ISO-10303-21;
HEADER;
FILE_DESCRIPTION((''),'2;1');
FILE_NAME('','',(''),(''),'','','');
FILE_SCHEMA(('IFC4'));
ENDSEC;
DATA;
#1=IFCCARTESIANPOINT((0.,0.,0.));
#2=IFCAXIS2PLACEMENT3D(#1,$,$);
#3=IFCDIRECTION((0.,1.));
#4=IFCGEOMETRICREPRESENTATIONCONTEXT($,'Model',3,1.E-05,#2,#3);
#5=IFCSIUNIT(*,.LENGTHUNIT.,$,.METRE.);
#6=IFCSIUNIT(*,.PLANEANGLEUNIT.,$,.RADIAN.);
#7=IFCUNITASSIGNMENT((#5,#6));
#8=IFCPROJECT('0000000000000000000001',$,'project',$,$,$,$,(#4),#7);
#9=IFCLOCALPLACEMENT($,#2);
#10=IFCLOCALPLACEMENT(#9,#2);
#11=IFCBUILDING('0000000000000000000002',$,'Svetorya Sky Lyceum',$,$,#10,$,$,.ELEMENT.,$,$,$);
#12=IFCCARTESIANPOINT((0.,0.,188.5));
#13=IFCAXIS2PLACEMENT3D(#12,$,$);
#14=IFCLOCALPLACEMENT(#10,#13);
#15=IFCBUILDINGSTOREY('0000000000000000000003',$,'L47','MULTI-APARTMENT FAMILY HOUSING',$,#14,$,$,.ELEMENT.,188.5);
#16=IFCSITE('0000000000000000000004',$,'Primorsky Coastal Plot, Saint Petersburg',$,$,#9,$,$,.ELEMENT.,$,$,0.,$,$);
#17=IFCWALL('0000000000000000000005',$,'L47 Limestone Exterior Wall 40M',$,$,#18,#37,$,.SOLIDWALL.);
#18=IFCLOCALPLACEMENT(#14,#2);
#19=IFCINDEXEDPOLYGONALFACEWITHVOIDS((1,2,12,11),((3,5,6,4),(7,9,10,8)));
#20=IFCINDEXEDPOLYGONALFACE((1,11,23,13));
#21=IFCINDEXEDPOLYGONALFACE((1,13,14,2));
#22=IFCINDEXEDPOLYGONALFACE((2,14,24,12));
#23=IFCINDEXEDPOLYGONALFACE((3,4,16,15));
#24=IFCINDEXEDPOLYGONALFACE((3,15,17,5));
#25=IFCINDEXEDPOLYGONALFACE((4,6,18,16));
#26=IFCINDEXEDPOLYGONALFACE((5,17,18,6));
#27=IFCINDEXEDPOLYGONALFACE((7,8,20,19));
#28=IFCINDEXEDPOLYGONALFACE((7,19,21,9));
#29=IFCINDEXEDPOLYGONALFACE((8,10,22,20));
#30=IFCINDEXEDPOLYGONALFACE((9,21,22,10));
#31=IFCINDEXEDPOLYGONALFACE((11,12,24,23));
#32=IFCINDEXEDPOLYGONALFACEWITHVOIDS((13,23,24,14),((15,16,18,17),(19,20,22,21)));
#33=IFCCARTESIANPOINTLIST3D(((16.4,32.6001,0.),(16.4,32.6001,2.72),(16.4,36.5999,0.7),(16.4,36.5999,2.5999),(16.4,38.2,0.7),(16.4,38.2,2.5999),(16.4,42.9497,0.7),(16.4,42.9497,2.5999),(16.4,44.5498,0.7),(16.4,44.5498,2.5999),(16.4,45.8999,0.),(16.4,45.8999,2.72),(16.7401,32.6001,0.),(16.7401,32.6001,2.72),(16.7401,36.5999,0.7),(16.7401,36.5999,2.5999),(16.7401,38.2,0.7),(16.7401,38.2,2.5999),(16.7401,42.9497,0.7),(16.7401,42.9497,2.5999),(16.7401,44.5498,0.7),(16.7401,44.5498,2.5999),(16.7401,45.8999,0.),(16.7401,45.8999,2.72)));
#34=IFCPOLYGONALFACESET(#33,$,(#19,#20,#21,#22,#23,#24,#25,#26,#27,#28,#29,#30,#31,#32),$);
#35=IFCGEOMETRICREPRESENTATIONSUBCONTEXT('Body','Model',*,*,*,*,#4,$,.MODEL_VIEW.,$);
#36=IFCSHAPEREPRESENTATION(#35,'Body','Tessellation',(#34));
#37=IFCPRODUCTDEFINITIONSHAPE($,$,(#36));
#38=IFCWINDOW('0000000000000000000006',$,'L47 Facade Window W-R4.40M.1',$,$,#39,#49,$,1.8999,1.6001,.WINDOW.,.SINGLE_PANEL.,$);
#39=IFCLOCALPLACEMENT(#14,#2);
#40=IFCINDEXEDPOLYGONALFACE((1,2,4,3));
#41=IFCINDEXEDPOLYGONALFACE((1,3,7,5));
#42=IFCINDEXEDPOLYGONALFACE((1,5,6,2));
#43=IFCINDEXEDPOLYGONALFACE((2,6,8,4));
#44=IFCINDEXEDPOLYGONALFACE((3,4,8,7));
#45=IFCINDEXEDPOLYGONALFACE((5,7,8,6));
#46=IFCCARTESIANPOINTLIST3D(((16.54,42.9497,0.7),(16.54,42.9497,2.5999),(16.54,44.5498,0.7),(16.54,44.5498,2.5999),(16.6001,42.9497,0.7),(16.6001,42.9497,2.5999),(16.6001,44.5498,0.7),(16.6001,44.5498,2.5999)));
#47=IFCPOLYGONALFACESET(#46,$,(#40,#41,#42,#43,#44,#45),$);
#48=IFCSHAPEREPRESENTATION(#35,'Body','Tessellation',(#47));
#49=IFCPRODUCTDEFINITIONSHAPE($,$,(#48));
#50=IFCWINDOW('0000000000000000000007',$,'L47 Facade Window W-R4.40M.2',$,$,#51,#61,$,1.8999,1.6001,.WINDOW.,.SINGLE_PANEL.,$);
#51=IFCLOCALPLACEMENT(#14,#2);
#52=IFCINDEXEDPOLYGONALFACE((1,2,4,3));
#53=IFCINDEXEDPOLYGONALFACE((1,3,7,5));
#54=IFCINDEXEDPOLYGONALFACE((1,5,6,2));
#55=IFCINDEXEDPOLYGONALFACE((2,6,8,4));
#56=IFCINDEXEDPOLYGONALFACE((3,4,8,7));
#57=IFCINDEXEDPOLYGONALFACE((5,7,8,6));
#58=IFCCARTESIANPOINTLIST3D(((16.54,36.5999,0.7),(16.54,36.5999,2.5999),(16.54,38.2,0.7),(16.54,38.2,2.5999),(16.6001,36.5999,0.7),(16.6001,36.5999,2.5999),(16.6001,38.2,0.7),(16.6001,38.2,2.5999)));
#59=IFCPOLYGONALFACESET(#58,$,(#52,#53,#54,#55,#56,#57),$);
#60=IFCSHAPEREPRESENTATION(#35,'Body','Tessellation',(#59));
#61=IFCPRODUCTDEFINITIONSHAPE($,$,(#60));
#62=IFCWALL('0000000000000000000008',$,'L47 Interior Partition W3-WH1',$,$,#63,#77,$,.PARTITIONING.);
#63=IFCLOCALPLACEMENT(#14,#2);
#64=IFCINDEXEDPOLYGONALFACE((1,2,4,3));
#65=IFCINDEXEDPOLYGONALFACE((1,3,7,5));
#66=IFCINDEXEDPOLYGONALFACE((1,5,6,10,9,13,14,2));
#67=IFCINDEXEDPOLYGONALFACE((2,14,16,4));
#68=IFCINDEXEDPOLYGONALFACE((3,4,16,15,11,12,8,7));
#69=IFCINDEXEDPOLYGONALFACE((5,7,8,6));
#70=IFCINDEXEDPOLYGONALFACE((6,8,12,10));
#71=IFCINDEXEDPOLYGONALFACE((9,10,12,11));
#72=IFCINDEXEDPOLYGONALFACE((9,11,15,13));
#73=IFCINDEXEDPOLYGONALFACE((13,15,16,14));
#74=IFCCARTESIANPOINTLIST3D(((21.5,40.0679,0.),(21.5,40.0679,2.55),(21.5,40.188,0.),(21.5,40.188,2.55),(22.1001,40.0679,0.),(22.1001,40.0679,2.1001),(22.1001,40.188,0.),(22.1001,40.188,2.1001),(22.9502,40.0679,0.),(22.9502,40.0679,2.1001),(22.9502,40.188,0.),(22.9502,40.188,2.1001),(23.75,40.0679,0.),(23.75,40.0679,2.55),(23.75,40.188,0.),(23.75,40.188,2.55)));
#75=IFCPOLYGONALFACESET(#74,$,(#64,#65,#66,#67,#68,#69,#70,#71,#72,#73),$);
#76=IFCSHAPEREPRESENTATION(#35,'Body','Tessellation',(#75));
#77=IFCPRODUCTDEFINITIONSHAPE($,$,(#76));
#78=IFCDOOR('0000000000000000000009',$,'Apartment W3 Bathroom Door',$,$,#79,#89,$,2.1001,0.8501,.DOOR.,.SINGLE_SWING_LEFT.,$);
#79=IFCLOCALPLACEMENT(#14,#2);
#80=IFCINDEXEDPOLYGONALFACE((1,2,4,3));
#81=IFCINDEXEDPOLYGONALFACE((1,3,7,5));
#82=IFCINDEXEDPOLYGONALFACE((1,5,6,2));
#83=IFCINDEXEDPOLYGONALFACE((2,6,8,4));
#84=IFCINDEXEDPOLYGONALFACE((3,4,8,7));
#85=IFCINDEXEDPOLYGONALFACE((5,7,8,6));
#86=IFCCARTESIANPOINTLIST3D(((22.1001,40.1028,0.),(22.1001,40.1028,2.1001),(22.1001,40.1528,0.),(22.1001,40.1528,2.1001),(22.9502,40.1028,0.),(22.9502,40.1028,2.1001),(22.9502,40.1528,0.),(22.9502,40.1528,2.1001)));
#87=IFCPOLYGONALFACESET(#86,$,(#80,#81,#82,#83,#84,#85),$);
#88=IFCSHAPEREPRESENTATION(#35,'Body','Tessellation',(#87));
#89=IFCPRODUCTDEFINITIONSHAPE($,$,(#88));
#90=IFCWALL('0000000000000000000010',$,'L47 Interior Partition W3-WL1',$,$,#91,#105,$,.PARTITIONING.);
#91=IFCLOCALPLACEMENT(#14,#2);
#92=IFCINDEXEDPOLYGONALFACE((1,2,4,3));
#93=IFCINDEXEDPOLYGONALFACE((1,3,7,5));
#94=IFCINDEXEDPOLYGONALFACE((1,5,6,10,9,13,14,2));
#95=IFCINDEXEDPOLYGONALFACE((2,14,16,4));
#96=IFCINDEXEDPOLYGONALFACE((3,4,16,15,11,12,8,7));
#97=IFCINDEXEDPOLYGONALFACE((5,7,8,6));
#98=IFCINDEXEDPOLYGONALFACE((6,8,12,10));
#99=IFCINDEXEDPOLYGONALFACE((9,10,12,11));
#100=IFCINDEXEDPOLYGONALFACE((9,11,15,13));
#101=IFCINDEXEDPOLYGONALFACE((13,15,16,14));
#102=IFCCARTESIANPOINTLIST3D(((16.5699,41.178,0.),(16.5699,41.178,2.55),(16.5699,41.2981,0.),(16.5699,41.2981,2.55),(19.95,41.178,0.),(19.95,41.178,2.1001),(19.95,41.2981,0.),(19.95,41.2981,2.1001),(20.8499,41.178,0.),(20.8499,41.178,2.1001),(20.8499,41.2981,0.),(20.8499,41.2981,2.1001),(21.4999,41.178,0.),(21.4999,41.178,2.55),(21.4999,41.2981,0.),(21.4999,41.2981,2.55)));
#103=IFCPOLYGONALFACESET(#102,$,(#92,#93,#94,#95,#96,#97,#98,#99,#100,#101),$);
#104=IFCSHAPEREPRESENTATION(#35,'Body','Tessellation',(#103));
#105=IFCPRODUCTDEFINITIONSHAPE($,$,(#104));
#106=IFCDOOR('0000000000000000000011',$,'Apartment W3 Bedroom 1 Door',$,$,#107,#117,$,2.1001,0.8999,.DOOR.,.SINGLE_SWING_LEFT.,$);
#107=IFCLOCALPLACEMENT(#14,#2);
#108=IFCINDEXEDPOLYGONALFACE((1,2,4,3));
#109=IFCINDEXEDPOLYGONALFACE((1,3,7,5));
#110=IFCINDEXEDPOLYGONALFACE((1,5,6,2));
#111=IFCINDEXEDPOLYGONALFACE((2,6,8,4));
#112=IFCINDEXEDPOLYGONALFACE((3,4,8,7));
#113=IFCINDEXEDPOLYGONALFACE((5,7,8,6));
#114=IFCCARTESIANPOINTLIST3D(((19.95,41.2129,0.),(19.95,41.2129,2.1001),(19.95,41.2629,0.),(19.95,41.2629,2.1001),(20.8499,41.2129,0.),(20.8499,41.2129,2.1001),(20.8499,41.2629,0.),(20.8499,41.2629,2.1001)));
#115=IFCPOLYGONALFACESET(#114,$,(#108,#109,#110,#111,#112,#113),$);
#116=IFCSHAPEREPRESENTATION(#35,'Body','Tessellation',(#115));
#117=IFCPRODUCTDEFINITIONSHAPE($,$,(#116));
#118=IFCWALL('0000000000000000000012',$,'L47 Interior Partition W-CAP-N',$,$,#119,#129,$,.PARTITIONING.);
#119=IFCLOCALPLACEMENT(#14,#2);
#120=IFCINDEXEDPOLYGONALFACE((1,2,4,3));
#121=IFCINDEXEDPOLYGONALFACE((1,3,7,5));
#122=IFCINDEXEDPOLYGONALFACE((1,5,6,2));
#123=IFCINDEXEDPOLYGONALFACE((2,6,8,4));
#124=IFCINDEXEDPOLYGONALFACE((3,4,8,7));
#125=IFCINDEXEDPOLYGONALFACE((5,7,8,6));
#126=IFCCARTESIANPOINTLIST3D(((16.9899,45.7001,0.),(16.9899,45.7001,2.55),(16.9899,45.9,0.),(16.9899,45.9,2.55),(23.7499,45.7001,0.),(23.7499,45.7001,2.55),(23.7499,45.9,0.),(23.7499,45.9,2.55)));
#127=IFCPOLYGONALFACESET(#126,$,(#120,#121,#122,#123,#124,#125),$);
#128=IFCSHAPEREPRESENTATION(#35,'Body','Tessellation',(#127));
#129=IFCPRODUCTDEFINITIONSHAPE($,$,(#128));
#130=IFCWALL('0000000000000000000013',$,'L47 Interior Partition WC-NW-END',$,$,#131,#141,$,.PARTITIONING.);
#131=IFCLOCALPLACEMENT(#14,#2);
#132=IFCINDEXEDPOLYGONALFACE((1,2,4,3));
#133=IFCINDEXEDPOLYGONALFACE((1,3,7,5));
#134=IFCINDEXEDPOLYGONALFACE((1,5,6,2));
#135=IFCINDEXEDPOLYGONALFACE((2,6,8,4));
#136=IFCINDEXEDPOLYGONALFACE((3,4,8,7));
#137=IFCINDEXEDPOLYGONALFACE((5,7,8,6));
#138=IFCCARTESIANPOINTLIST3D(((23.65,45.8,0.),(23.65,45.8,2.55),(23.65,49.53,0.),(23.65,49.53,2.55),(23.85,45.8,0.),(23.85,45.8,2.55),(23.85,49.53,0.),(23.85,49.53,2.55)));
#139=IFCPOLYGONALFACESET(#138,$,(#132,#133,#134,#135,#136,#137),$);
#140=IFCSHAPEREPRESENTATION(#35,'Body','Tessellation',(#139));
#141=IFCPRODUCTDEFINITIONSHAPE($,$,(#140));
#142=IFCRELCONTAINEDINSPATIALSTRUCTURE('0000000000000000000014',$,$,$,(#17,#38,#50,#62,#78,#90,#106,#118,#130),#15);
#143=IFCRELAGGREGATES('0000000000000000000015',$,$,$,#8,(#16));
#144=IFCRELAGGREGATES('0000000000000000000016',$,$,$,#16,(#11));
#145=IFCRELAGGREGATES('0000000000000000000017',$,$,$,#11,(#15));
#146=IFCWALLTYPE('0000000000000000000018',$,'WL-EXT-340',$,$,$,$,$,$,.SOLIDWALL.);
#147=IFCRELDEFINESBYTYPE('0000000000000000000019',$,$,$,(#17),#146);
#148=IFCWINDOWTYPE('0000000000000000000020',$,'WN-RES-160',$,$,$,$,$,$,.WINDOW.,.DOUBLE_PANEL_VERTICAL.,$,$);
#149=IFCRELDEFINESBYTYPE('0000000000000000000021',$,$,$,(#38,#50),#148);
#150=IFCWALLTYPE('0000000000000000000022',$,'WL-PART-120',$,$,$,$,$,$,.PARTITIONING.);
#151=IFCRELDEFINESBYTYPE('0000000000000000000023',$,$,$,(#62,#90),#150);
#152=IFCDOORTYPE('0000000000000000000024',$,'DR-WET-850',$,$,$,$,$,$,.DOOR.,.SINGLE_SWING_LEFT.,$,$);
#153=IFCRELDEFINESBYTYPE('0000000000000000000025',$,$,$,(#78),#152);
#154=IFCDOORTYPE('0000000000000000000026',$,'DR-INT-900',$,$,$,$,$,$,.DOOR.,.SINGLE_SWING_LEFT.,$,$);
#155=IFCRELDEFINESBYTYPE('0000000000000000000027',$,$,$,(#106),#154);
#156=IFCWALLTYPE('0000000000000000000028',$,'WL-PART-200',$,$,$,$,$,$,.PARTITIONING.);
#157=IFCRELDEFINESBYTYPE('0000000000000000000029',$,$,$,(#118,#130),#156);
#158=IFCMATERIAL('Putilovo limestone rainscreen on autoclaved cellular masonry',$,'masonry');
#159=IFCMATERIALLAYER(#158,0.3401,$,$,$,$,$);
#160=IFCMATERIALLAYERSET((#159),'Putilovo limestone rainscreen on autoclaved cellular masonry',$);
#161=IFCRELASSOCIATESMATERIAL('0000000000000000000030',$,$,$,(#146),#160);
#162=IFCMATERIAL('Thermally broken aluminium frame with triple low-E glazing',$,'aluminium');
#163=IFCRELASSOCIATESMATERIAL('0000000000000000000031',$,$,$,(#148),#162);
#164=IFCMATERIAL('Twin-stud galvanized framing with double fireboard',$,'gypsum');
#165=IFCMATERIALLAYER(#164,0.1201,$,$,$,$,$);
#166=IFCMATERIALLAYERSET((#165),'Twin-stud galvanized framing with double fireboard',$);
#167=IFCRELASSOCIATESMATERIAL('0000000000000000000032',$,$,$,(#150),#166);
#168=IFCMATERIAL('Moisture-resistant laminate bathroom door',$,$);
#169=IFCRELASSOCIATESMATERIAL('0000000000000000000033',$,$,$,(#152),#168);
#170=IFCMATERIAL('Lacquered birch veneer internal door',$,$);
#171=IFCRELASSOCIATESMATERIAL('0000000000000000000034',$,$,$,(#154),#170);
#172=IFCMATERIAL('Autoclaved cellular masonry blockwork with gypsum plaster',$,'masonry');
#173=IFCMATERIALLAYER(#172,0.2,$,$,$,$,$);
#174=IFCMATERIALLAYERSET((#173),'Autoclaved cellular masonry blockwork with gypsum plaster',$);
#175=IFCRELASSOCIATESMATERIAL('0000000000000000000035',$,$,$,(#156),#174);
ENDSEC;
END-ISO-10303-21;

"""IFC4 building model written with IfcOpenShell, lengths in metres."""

from ifc_helpers import new_model, si_unit, direction, frame, frame_2d, origin, place, context, subcontext, project, spatial, rectangle, extrude, material, layer, layer_set, type_object, element, fill, save


model = new_model("IFC4")

# Units and contexts
model_context = context("Model", 3, precision=1e-05, world=origin(), true_north=direction((0.0, 1.0)))
body_context = subcontext(model_context, "Body", "Model", "MODEL_VIEW")
ifc_project = project(units=[si_unit("LENGTHUNIT", "METRE"), si_unit("PLANEANGLEUNIT", "RADIAN")], contexts=[model_context])

# Site, building, storey
site_placement = place(None, origin())
site = spatial("IfcSite", under=ifc_project, at=site_placement, Name="Primorsky Coastal Plot, Saint Petersburg", CompositionType="ELEMENT", RefElevation=0.0)
building_placement = place(site_placement, origin())
building = spatial("IfcBuilding", under=site, at=building_placement, Name="Svetorya Sky Lyceum", CompositionType="ELEMENT")
storey_placement = place(building_placement, frame((0.0, 0.0, 188.5)))
storey = spatial("IfcBuildingStorey", under=building, at=storey_placement, Name="L47", Description="MULTI-APARTMENT FAMILY HOUSING", CompositionType="ELEMENT", Elevation=188.5)

# Shared definitions
ifc_material_1 = material(Name="Putilovo limestone rainscreen on autoclaved cellular masonry", Category="masonry")
ifc_layer_1 = layer(ifc_material_1, 0.3401)
ifc_layer_set_1 = layer_set([ifc_layer_1], Name="Putilovo limestone rainscreen on autoclaved cellular masonry")
wall_type_1 = type_object("IfcWallType", Name="WL-EXT-340", PredefinedType="SOLIDWALL", material=ifc_layer_set_1)

# Wall, openings, windows
wall_1_placement = place(storey_placement, frame((16.5701, 45.8999, 0.0), z_axis=(0.0, 0.0, 1.0), x_axis=(0.0, -1.0, 0.0)))
wall_1 = element("IfcWall", 1, at=wall_1_placement, inside=storey, type_object=wall_type_1, Name="L47 Limestone Exterior Wall 40M", PredefinedType="SOLIDWALL", context=body_context, shape_type="SweptSolid", body=[
    extrude(rectangle(XDim=13.2998, YDim=0.3401, at=frame_2d((6.6499, 0.0))), origin(), (0.0, 0.0, 1.0), 2.72),
])
opening_1_placement = place(wall_1_placement, frame((1.3501, 0.0, 0.7)))
opening_1 = element("IfcOpeningElement", 2, at=opening_1_placement, cuts=wall_1, PredefinedType="OPENING", context=body_context, shape_type="SweptSolid", body=[
    extrude(rectangle(XDim=1.6001, YDim=1.8999, at=frame_2d((0.8, 0.95))), frame((0.0, 0.1799, 0.0), z_axis=(0.0, -1.0, 0.0), x_axis=(1.0, 0.0, 0.0)), (0.0, 0.0, 1.0), 0.3601),
])
opening_2_placement = place(wall_1_placement, frame((7.7, 0.0, 0.7)))
opening_2 = element("IfcOpeningElement", 3, at=opening_2_placement, cuts=wall_1, PredefinedType="OPENING", context=body_context, shape_type="SweptSolid", body=[
    extrude(rectangle(XDim=1.6001, YDim=1.8999, at=frame_2d((0.8, 0.95))), frame((0.0, 0.1799, 0.0), z_axis=(0.0, -1.0, 0.0), x_axis=(1.0, 0.0, 0.0)), (0.0, 0.0, 1.0), 0.3601),
])
ifc_material_2 = material(Name="Thermally broken aluminium frame with triple low-E glazing", Category="aluminium")
window_type = type_object("IfcWindowType", Name="WN-RES-160", PartitioningType="DOUBLE_PANEL_VERTICAL", PredefinedType="WINDOW", material=ifc_material_2)
window_1_placement = place(opening_1_placement, origin())
window_1 = element("IfcWindow", 4, at=window_1_placement, inside=storey, type_object=window_type, Name="L47 Facade Window W-R4.40M.1", OverallHeight=1.8999, OverallWidth=1.6001, PartitioningType="SINGLE_PANEL", PredefinedType="WINDOW", context=body_context, shape_type="SweptSolid", body=[
    extrude(rectangle(XDim=1.6001, YDim=1.8999, at=frame_2d((0.8, 0.95))), frame((0.0, 0.03, 0.0), z_axis=(0.0, -1.0, 0.0), x_axis=(1.0, 0.0, 0.0)), (0.0, 0.0, 1.0), 0.0601),
])
fill(opening_1, window_1)
window_2_placement = place(opening_2_placement, origin())
window_2 = element("IfcWindow", 5, at=window_2_placement, inside=storey, type_object=window_type, Name="L47 Facade Window W-R4.40M.2", OverallHeight=1.8999, OverallWidth=1.6001, PartitioningType="SINGLE_PANEL", PredefinedType="WINDOW", context=body_context, shape_type="SweptSolid", body=[
    extrude(rectangle(XDim=1.6001, YDim=1.8999, at=frame_2d((0.8, 0.95))), frame((0.0, 0.03, 0.0), z_axis=(0.0, -1.0, 0.0), x_axis=(1.0, 0.0, 0.0)), (0.0, 0.0, 1.0), 0.0601),
])
fill(opening_2, window_2)

# Walls, openings, doors
ifc_material_3 = material(Name="Twin-stud galvanized framing with double fireboard", Category="gypsum")
ifc_layer_2 = layer(ifc_material_3, 0.1201)
ifc_layer_set_2 = layer_set([ifc_layer_2], Name="Twin-stud galvanized framing with double fireboard")
wall_type_2 = type_object("IfcWallType", Name="WL-PART-120", PredefinedType="PARTITIONING", material=ifc_layer_set_2)
wall_2_placement = place(storey_placement, frame((21.5, 40.1279, 0.0), z_axis=(0.0, 0.0, 1.0), x_axis=(1.0, 0.0, 0.0)))
wall_2 = element("IfcWall", 6, at=wall_2_placement, inside=storey, type_object=wall_type_2, Name="L47 Interior Partition W3-WH1", PredefinedType="PARTITIONING", context=body_context, shape_type="SweptSolid", body=[
    extrude(rectangle(XDim=2.25, YDim=0.1201, at=frame_2d((1.125, 0.0))), origin(), (0.0, 0.0, 1.0), 2.55),
])
opening_3_placement = place(wall_2_placement, frame((0.6001, 0.0, 0.0)))
opening_3 = element("IfcOpeningElement", 7, at=opening_3_placement, cuts=wall_2, PredefinedType="OPENING", context=body_context, shape_type="SweptSolid", body=[
    extrude(rectangle(XDim=0.8501, YDim=2.1001, at=frame_2d((0.425, 1.05))), frame((0.0, 0.0701, 0.0), z_axis=(0.0, -1.0, 0.0), x_axis=(1.0, 0.0, 0.0)), (0.0, 0.0, 1.0), 0.1401),
])
ifc_material_4 = material(Name="Moisture-resistant laminate bathroom door")
door_type_1 = type_object("IfcDoorType", Name="DR-WET-850", OperationType="SINGLE_SWING_LEFT", PredefinedType="DOOR", material=ifc_material_4)
door_1_placement = place(opening_3_placement, origin())
door_1 = element("IfcDoor", 8, at=door_1_placement, inside=storey, type_object=door_type_1, Name="Apartment W3 Bathroom Door", OperationType="SINGLE_SWING_LEFT", OverallHeight=2.1001, OverallWidth=0.8501, PredefinedType="DOOR", context=body_context, shape_type="SweptSolid", body=[
    extrude(rectangle(XDim=0.8501, YDim=2.1001, at=frame_2d((0.425, 1.05))), frame((0.0, 0.0249, 0.0), z_axis=(0.0, -1.0, 0.0), x_axis=(1.0, 0.0, 0.0)), (0.0, 0.0, 1.0), 0.05),
])
fill(opening_3, door_1)
wall_3_placement = place(storey_placement, frame((16.5701, 41.238, 0.0), z_axis=(0.0, 0.0, 1.0), x_axis=(1.0, 0.0, 0.0)))
wall_3 = element("IfcWall", 9, at=wall_3_placement, inside=storey, type_object=wall_type_2, Name="L47 Interior Partition W3-WL1", PredefinedType="PARTITIONING", context=body_context, shape_type="SweptSolid", body=[
    extrude(rectangle(XDim=4.9299, YDim=0.1201, at=frame_2d((2.4648, 0.0))), origin(), (0.0, 0.0, 1.0), 2.55),
])
opening_4_placement = place(wall_3_placement, frame((3.3799, 0.0, 0.0)))
opening_4 = element("IfcOpeningElement", 10, at=opening_4_placement, cuts=wall_3, PredefinedType="OPENING", context=body_context, shape_type="SweptSolid", body=[
    extrude(rectangle(XDim=0.8999, YDim=2.1001, at=frame_2d((0.45, 1.05))), frame((0.0, 0.0701, 0.0), z_axis=(0.0, -1.0, 0.0), x_axis=(1.0, 0.0, 0.0)), (0.0, 0.0, 1.0), 0.1401),
])
ifc_material_5 = material(Name="Lacquered birch veneer internal door")
door_type_2 = type_object("IfcDoorType", Name="DR-INT-900", OperationType="SINGLE_SWING_LEFT", PredefinedType="DOOR", material=ifc_material_5)
door_2_placement = place(opening_4_placement, origin())
door_2 = element("IfcDoor", 11, at=door_2_placement, inside=storey, type_object=door_type_2, Name="Apartment W3 Bedroom 1 Door", OperationType="SINGLE_SWING_LEFT", OverallHeight=2.1001, OverallWidth=0.8999, PredefinedType="DOOR", context=body_context, shape_type="SweptSolid", body=[
    extrude(rectangle(XDim=0.8999, YDim=2.1001, at=frame_2d((0.45, 1.05))), frame((0.0, 0.0249, 0.0), z_axis=(0.0, -1.0, 0.0), x_axis=(1.0, 0.0, 0.0)), (0.0, 0.0, 1.0), 0.05),
])
fill(opening_4, door_2)

# Walls
ifc_material_6 = material(Name="Autoclaved cellular masonry blockwork with gypsum plaster", Category="masonry")
ifc_layer_3 = layer(ifc_material_6, 0.2)
ifc_layer_set_3 = layer_set([ifc_layer_3], Name="Autoclaved cellular masonry blockwork with gypsum plaster")
wall_type_3 = type_object("IfcWallType", Name="WL-PART-200", PredefinedType="PARTITIONING", material=ifc_layer_set_3)
wall_4_placement = place(storey_placement, frame((16.99, 45.8, 0.0), z_axis=(0.0, 0.0, 1.0), x_axis=(1.0, 0.0, 0.0)))
element("IfcWall", 12, at=wall_4_placement, inside=storey, type_object=wall_type_3, Name="L47 Interior Partition W-CAP-N", PredefinedType="PARTITIONING", context=body_context, shape_type="SweptSolid", body=[
    extrude(rectangle(XDim=6.76, YDim=0.2, at=frame_2d((3.3799, 0.0))), origin(), (0.0, 0.0, 1.0), 2.55),
])
wall_5_placement = place(storey_placement, frame((23.75, 45.8, 0.0), z_axis=(0.0, 0.0, 1.0), x_axis=(0.0, 1.0, 0.0)))
element("IfcWall", 13, at=wall_5_placement, inside=storey, type_object=wall_type_3, Name="L47 Interior Partition WC-NW-END", PredefinedType="PARTITIONING", context=body_context, shape_type="SweptSolid", body=[
    extrude(rectangle(XDim=3.73, YDim=0.2, at=frame_2d((1.865, 0.0))), origin(), (0.0, 0.0, 1.0), 2.55),
])

save(model, "model.ifc")
